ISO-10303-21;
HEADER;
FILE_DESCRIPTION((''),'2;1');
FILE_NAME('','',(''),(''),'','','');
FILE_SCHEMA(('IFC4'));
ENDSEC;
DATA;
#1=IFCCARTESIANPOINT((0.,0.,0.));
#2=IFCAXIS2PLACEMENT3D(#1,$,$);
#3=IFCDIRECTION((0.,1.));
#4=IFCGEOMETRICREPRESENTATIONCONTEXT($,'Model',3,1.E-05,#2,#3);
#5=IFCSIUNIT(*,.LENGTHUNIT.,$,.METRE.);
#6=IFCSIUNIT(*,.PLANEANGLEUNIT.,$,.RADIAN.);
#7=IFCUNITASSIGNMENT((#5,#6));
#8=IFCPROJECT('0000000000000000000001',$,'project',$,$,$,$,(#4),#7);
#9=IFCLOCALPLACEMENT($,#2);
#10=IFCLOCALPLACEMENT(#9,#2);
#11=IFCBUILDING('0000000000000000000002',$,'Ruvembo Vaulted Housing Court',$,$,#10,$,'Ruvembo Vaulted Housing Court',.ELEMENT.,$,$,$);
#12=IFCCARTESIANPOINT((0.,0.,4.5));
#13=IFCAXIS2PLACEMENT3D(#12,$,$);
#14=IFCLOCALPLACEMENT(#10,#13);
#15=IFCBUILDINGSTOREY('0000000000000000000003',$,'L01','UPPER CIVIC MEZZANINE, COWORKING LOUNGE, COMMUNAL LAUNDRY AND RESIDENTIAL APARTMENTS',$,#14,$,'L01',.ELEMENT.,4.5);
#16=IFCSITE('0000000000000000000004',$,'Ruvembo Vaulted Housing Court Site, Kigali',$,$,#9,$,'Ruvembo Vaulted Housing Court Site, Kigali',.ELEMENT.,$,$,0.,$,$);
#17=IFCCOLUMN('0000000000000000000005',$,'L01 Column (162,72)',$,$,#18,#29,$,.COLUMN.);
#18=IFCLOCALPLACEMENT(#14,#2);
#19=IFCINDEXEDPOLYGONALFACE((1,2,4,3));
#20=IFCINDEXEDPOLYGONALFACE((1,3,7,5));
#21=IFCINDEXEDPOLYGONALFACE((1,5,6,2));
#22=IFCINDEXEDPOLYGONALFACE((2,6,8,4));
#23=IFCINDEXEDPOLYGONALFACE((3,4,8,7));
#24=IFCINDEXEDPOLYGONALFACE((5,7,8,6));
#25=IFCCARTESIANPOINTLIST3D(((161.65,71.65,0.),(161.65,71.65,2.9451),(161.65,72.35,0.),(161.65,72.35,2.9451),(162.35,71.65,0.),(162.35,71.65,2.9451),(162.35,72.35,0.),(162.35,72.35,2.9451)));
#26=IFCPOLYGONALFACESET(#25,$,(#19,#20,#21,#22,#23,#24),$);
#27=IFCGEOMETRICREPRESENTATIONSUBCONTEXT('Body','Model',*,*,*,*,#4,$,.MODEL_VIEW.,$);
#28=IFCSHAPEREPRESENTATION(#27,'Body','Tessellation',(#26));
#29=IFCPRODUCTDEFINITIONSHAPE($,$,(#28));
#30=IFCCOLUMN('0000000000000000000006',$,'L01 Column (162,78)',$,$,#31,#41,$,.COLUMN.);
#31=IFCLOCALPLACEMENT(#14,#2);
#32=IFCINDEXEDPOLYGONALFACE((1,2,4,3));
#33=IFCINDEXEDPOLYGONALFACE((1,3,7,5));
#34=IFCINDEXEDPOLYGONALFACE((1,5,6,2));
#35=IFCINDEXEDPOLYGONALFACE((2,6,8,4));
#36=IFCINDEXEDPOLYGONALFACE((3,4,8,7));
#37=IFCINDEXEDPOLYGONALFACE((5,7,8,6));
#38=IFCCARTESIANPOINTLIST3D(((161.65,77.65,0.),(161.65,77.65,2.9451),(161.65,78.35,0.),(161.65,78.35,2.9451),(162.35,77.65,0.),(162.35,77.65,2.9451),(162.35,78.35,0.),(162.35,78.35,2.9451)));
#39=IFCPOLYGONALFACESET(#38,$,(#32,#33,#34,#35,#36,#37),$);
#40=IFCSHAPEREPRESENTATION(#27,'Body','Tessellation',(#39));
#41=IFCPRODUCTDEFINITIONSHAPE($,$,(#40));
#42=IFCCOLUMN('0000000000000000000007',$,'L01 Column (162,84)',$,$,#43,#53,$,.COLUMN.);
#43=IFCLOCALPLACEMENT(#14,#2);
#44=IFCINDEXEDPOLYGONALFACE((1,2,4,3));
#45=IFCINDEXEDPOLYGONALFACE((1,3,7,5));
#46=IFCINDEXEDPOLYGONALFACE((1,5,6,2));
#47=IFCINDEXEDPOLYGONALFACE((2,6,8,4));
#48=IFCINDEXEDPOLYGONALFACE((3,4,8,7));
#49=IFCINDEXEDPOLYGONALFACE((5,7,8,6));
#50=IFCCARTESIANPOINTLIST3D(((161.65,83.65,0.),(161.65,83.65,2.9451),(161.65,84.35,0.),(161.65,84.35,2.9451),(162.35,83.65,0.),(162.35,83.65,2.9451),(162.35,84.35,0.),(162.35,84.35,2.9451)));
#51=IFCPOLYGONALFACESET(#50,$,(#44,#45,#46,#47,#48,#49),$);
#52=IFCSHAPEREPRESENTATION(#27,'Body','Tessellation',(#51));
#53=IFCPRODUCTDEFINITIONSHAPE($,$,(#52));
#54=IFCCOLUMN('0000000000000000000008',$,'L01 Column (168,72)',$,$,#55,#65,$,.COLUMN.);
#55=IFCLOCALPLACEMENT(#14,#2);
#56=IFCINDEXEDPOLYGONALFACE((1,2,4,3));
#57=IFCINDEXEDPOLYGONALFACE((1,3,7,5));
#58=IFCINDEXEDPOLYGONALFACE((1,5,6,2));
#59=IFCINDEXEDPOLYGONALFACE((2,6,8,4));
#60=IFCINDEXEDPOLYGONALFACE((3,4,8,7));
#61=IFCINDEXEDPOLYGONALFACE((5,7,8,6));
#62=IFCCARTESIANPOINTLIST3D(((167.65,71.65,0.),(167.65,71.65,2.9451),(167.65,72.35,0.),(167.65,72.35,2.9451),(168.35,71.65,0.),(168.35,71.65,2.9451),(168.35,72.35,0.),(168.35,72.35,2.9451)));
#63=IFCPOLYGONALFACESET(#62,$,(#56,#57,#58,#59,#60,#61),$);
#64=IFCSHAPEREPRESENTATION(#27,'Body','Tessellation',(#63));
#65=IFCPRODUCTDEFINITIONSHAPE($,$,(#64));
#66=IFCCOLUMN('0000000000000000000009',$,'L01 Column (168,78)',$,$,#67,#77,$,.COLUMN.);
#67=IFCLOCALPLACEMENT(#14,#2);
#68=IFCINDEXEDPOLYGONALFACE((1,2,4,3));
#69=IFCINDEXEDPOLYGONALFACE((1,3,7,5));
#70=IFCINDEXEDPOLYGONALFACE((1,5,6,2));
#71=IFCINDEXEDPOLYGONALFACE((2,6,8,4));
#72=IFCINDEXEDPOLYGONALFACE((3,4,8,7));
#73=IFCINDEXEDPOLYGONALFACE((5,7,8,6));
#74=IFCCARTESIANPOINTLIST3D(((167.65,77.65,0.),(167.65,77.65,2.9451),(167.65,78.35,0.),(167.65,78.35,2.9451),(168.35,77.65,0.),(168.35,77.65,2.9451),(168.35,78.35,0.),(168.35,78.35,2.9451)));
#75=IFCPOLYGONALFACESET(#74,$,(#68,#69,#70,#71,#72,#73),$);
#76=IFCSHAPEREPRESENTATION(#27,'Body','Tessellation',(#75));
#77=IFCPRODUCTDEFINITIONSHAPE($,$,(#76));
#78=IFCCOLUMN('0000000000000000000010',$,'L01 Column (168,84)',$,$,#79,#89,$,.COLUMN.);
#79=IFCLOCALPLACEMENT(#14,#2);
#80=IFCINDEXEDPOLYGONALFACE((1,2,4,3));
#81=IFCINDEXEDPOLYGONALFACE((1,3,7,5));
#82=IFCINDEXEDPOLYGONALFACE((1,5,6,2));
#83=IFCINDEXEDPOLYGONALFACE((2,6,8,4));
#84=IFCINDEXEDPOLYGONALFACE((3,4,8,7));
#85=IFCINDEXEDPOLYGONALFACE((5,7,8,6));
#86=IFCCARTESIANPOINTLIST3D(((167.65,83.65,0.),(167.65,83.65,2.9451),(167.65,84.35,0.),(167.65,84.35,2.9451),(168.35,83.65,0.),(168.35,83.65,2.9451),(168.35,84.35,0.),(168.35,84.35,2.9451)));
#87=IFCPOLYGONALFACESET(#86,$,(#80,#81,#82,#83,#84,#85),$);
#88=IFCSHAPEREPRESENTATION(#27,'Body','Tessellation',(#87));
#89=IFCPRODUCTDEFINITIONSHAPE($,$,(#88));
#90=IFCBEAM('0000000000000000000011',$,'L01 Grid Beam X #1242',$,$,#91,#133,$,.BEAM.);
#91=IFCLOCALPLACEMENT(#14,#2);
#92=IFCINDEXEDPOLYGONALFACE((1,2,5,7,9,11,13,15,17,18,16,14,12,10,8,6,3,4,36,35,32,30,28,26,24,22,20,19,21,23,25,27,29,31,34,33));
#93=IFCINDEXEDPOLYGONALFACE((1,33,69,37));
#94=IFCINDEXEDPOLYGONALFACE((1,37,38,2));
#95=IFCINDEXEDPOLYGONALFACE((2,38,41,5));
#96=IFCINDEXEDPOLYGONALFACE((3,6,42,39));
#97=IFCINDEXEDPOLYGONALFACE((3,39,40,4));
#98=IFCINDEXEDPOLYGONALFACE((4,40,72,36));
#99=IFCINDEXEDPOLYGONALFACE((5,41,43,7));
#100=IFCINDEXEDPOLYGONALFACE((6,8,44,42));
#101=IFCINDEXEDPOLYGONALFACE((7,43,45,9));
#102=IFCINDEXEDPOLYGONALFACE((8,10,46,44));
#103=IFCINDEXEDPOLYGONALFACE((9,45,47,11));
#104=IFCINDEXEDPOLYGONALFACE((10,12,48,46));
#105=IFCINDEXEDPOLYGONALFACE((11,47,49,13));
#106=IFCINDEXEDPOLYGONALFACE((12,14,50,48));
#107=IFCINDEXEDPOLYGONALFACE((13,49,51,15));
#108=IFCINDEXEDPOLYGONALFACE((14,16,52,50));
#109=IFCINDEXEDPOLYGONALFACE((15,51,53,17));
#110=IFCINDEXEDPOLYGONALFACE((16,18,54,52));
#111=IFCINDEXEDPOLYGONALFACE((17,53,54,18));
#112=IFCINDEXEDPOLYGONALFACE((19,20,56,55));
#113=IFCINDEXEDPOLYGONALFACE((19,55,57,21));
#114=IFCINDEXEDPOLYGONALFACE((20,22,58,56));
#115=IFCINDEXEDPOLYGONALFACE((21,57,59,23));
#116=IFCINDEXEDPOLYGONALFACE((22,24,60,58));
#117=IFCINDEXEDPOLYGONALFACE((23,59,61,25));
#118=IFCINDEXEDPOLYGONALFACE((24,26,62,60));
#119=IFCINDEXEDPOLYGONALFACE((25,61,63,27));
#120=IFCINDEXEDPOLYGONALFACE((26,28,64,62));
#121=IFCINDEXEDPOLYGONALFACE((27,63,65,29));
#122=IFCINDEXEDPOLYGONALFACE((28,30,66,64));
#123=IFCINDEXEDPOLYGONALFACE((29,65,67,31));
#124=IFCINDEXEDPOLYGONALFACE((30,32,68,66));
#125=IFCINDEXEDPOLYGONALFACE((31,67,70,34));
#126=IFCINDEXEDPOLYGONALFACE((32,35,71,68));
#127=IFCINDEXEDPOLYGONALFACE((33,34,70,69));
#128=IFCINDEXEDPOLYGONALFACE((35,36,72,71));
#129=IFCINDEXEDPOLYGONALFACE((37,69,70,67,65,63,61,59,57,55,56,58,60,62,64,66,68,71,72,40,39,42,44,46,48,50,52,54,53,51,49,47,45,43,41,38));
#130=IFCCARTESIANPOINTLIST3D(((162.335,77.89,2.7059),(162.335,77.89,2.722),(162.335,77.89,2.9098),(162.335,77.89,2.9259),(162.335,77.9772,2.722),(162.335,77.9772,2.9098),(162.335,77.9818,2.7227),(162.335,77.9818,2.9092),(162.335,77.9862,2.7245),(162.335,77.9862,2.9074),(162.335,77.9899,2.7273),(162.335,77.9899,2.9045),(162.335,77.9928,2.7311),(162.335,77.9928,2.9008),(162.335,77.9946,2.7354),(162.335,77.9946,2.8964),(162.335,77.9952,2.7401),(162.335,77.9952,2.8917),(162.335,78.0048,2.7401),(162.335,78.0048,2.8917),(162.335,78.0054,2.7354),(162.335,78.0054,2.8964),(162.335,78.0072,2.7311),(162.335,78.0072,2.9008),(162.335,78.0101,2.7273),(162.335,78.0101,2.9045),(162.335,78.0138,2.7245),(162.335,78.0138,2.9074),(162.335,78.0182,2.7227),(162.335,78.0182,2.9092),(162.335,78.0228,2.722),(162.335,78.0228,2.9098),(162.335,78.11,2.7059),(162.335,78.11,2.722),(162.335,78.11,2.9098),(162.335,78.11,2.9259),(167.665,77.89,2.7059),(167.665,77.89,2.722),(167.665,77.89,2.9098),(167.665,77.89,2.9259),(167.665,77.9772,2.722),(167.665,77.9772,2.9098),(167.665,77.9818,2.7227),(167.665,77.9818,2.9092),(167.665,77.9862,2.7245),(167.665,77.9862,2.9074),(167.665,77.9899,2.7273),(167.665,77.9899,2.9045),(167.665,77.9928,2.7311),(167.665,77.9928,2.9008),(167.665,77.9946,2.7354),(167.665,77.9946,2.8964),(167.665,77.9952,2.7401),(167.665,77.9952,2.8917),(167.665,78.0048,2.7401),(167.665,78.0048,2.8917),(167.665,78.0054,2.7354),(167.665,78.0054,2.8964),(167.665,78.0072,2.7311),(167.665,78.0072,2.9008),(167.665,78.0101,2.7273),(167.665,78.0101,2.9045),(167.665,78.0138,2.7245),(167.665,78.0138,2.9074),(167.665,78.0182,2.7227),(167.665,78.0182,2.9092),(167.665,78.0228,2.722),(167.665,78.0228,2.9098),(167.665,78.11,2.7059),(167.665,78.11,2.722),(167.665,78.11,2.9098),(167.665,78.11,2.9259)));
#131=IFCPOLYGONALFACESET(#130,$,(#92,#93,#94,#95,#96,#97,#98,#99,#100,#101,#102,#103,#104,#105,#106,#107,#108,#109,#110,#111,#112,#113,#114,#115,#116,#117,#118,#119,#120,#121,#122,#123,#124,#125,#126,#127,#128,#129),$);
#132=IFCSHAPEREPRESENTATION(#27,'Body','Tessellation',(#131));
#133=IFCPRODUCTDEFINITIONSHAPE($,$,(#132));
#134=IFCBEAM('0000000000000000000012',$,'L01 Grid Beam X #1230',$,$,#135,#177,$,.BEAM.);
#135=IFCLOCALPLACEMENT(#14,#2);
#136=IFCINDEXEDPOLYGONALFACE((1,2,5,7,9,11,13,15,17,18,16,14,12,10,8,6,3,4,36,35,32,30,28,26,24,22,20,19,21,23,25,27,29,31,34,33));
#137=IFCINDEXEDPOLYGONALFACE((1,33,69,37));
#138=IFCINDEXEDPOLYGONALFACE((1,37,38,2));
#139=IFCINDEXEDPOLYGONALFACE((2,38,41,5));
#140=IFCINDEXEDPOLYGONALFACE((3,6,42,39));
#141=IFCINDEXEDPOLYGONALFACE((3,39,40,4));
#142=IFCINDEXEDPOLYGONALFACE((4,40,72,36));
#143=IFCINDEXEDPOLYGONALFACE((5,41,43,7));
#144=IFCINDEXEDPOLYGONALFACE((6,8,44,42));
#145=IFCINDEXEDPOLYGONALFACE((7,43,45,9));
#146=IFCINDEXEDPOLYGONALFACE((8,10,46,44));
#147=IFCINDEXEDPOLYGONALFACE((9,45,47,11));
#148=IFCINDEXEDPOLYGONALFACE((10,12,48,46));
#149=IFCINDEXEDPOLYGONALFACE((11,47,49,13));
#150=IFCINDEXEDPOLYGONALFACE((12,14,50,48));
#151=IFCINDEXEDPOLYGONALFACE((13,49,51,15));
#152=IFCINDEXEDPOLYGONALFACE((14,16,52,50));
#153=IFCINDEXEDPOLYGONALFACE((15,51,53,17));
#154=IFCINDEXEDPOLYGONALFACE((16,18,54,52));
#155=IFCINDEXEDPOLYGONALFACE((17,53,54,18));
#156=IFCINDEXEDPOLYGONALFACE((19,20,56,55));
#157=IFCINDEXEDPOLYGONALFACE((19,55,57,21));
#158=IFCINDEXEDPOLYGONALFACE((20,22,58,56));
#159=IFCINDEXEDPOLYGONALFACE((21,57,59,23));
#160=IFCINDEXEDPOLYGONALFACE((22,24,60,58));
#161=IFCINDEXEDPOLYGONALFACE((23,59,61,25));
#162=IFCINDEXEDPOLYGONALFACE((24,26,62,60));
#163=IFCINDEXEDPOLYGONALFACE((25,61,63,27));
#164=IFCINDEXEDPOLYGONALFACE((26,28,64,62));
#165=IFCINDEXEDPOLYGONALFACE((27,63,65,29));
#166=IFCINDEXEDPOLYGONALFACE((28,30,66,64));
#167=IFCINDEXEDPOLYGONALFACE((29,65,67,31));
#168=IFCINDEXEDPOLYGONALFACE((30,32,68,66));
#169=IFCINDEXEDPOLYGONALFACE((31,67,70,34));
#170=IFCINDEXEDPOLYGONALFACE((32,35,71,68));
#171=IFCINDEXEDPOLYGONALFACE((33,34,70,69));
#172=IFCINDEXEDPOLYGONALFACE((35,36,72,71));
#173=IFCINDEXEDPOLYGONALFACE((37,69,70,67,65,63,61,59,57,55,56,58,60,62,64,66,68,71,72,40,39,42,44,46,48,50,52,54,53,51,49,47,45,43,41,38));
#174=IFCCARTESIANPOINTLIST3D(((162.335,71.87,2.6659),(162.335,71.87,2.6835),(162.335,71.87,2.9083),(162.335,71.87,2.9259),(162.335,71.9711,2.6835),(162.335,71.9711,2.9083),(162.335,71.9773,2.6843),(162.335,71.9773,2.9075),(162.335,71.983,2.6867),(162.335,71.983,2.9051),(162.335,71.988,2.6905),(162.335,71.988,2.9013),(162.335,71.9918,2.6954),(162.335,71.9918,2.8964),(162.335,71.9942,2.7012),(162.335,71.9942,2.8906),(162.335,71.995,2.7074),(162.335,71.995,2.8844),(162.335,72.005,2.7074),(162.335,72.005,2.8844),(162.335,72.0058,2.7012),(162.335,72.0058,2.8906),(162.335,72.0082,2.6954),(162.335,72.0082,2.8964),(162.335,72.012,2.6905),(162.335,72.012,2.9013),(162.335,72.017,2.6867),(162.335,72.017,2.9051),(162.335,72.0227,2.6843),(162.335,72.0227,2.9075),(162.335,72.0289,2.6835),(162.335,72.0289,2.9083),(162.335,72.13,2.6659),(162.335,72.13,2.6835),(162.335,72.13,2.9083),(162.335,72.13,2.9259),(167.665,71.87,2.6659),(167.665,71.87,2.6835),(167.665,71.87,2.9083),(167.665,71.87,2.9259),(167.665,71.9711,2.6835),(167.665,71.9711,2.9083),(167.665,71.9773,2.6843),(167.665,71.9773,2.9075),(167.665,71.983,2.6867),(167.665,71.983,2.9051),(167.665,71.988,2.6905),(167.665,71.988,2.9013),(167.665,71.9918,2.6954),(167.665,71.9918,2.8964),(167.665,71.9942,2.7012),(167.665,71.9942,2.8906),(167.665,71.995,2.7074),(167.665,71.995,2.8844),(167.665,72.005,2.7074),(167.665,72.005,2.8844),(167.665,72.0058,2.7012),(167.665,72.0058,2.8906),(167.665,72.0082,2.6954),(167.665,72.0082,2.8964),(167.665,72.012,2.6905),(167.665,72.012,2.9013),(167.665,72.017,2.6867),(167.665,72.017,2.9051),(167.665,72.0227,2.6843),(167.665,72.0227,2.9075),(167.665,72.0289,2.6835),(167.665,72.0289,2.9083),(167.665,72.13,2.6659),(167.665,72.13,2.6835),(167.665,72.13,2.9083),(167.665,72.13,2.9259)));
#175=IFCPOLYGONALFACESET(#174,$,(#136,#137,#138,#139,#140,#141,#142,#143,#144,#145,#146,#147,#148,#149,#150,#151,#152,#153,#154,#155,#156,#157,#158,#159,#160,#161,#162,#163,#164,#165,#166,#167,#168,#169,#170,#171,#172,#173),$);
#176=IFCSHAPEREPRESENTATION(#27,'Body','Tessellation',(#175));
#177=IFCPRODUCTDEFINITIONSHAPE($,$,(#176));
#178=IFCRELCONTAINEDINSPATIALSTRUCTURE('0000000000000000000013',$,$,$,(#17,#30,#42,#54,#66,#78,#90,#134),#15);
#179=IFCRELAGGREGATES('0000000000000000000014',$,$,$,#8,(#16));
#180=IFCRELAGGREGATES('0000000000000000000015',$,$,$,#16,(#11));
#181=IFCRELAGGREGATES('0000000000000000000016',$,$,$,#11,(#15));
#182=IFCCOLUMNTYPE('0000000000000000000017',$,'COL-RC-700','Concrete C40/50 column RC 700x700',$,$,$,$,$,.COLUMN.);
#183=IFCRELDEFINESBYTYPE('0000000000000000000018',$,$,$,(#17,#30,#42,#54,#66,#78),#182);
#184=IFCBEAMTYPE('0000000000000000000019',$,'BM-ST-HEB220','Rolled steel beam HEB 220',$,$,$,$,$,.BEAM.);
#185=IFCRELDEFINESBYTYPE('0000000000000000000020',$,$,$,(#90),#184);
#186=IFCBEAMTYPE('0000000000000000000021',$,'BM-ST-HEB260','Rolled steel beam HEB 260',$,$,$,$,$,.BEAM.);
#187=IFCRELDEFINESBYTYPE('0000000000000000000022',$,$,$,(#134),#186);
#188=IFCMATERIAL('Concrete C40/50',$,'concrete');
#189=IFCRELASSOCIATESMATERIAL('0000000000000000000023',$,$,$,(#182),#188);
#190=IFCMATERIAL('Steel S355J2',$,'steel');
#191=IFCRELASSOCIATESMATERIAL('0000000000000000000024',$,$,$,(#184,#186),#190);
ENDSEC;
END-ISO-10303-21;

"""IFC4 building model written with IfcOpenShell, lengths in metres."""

from ifc_helpers import new_model, si_unit, direction, frame, origin, origin_2d, place, context, subcontext, project, spatial, rectangle, i_section, extrude, material, material_profile, profile_set, type_object, element, save


model = new_model("IFC4")

# Units and contexts
model_context = context("Model", 3, precision=1e-05, world=origin(), true_north=direction((0.0, 1.0)))
body_context = subcontext(model_context, "Body", "Model", "MODEL_VIEW")
ifc_project = project(units=[si_unit("LENGTHUNIT", "METRE"), si_unit("PLANEANGLEUNIT", "RADIAN")], contexts=[model_context])

# Site, building, storey
site_placement = place(None, origin())
site = spatial("IfcSite", under=ifc_project, at=site_placement, Name="Ruvembo Vaulted Housing Court Site, Kigali", LongName="Ruvembo Vaulted Housing Court Site, Kigali", CompositionType="ELEMENT", RefElevation=0.0)
building_placement = place(site_placement, origin())
building = spatial("IfcBuilding", under=site, at=building_placement, Name="Ruvembo Vaulted Housing Court", LongName="Ruvembo Vaulted Housing Court", CompositionType="ELEMENT")
storey_placement = place(building_placement, frame((0.0, 0.0, 4.5)))
storey = spatial("IfcBuildingStorey", under=building, at=storey_placement, Name="L01", Description="UPPER CIVIC MEZZANINE, COWORKING LOUNGE, COMMUNAL LAUNDRY AND RESIDENTIAL APARTMENTS", LongName="L01", CompositionType="ELEMENT", Elevation=4.5)

# Columns
ifc_material_1 = material(Name="Concrete C40/50", Category="concrete")
ifc_material_profile_1 = material_profile(ifc_material_1, rectangle(XDim=0.7, YDim=0.7, at=origin_2d()), Name="RC 700x700")
ifc_profile_set_1 = profile_set([ifc_material_profile_1], Name="Concrete C40/50")
column_type = type_object("IfcColumnType", Name="COL-RC-700", Description="Concrete C40/50 column RC 700x700", PredefinedType="COLUMN", material=ifc_profile_set_1)
for number, where, z_axis, x_axis, name in (
    (1, (162.0, 72.0, 0.0), (0.0, 0.0, 1.0), (1.0, 0.0, 0.0), "L01 Column (162,72)"),
    (2, (162.0, 78.0, 0.0), (0.0, 0.0, 1.0), (1.0, 0.0, 0.0), "L01 Column (162,78)"),
    (3, (162.0, 84.0, 0.0), (0.0, 0.0, 1.0), (1.0, 0.0, 0.0), "L01 Column (162,84)"),
    (4, (168.0, 72.0, 0.0), (0.0, 0.0, 1.0), (1.0, 0.0, 0.0), "L01 Column (168,72)"),
    (5, (168.0, 78.0, 0.0), (0.0, 0.0, 1.0), (1.0, 0.0, 0.0), "L01 Column (168,78)"),
    (6, (168.0, 84.0, 0.0), (0.0, 0.0, 1.0), (1.0, 0.0, 0.0), "L01 Column (168,84)"),
):
    element("IfcColumn", number, at=place(storey_placement, frame(where, z_axis=z_axis, x_axis=x_axis)), inside=storey, type_object=column_type, Name=name, PredefinedType="COLUMN", context=body_context, shape_type="SweptSolid", body=[
        extrude(rectangle(XDim=0.7, YDim=0.7, at=origin_2d()), origin(), (0.0, 0.0, 1.0), 2.9451),
    ])

# Beams
ifc_material_2 = material(Name="Steel S355J2", Category="steel")
ifc_material_profile_2 = material_profile(ifc_material_2, i_section(OverallWidth=0.22, OverallDepth=0.22, WebThickness=0.0095, FlangeThickness=0.0161, FilletRadius=0.0181, at=origin_2d()), Name="HEB 220")
ifc_profile_set_2 = profile_set([ifc_material_profile_2], Name="Steel S355J2")
beam_type_1 = type_object("IfcBeamType", Name="BM-ST-HEB220", Description="Rolled steel beam HEB 220", PredefinedType="BEAM", material=ifc_profile_set_2)
beam_1_placement = place(storey_placement, frame((162.335, 78.0, 2.8159), z_axis=(1.0, 0.0, 0.0), x_axis=(0.0, 1.0, 0.0)))
element("IfcBeam", 7, at=beam_1_placement, inside=storey, type_object=beam_type_1, Name="L01 Grid Beam X #1242", PredefinedType="BEAM", context=body_context, shape_type="SweptSolid", body=[
    extrude(i_section(OverallWidth=0.22, OverallDepth=0.22, WebThickness=0.0095, FlangeThickness=0.0161, FilletRadius=0.0181, at=origin_2d()), origin(), (0.0, 0.0, 1.0), 5.3301),
])
ifc_material_profile_3 = material_profile(ifc_material_2, i_section(OverallWidth=0.26, OverallDepth=0.26, WebThickness=0.01, FlangeThickness=0.0176, FilletRadius=0.0239, at=origin_2d()), Name="HEB 260")
ifc_profile_set_3 = profile_set([ifc_material_profile_3], Name="Steel S355J2")
beam_type_2 = type_object("IfcBeamType", Name="BM-ST-HEB260", Description="Rolled steel beam HEB 260", PredefinedType="BEAM", material=ifc_profile_set_3)
beam_2_placement = place(storey_placement, frame((162.335, 72.0, 2.7959), z_axis=(1.0, 0.0, 0.0), x_axis=(0.0, 1.0, 0.0)))
element("IfcBeam", 8, at=beam_2_placement, inside=storey, type_object=beam_type_2, Name="L01 Grid Beam X #1230", PredefinedType="BEAM", context=body_context, shape_type="SweptSolid", body=[
    extrude(i_section(OverallWidth=0.26, OverallDepth=0.26, WebThickness=0.01, FlangeThickness=0.0176, FilletRadius=0.0239, at=origin_2d()), origin(), (0.0, 0.0, 1.0), 5.3301),
])

save(model, "model.ifc")
